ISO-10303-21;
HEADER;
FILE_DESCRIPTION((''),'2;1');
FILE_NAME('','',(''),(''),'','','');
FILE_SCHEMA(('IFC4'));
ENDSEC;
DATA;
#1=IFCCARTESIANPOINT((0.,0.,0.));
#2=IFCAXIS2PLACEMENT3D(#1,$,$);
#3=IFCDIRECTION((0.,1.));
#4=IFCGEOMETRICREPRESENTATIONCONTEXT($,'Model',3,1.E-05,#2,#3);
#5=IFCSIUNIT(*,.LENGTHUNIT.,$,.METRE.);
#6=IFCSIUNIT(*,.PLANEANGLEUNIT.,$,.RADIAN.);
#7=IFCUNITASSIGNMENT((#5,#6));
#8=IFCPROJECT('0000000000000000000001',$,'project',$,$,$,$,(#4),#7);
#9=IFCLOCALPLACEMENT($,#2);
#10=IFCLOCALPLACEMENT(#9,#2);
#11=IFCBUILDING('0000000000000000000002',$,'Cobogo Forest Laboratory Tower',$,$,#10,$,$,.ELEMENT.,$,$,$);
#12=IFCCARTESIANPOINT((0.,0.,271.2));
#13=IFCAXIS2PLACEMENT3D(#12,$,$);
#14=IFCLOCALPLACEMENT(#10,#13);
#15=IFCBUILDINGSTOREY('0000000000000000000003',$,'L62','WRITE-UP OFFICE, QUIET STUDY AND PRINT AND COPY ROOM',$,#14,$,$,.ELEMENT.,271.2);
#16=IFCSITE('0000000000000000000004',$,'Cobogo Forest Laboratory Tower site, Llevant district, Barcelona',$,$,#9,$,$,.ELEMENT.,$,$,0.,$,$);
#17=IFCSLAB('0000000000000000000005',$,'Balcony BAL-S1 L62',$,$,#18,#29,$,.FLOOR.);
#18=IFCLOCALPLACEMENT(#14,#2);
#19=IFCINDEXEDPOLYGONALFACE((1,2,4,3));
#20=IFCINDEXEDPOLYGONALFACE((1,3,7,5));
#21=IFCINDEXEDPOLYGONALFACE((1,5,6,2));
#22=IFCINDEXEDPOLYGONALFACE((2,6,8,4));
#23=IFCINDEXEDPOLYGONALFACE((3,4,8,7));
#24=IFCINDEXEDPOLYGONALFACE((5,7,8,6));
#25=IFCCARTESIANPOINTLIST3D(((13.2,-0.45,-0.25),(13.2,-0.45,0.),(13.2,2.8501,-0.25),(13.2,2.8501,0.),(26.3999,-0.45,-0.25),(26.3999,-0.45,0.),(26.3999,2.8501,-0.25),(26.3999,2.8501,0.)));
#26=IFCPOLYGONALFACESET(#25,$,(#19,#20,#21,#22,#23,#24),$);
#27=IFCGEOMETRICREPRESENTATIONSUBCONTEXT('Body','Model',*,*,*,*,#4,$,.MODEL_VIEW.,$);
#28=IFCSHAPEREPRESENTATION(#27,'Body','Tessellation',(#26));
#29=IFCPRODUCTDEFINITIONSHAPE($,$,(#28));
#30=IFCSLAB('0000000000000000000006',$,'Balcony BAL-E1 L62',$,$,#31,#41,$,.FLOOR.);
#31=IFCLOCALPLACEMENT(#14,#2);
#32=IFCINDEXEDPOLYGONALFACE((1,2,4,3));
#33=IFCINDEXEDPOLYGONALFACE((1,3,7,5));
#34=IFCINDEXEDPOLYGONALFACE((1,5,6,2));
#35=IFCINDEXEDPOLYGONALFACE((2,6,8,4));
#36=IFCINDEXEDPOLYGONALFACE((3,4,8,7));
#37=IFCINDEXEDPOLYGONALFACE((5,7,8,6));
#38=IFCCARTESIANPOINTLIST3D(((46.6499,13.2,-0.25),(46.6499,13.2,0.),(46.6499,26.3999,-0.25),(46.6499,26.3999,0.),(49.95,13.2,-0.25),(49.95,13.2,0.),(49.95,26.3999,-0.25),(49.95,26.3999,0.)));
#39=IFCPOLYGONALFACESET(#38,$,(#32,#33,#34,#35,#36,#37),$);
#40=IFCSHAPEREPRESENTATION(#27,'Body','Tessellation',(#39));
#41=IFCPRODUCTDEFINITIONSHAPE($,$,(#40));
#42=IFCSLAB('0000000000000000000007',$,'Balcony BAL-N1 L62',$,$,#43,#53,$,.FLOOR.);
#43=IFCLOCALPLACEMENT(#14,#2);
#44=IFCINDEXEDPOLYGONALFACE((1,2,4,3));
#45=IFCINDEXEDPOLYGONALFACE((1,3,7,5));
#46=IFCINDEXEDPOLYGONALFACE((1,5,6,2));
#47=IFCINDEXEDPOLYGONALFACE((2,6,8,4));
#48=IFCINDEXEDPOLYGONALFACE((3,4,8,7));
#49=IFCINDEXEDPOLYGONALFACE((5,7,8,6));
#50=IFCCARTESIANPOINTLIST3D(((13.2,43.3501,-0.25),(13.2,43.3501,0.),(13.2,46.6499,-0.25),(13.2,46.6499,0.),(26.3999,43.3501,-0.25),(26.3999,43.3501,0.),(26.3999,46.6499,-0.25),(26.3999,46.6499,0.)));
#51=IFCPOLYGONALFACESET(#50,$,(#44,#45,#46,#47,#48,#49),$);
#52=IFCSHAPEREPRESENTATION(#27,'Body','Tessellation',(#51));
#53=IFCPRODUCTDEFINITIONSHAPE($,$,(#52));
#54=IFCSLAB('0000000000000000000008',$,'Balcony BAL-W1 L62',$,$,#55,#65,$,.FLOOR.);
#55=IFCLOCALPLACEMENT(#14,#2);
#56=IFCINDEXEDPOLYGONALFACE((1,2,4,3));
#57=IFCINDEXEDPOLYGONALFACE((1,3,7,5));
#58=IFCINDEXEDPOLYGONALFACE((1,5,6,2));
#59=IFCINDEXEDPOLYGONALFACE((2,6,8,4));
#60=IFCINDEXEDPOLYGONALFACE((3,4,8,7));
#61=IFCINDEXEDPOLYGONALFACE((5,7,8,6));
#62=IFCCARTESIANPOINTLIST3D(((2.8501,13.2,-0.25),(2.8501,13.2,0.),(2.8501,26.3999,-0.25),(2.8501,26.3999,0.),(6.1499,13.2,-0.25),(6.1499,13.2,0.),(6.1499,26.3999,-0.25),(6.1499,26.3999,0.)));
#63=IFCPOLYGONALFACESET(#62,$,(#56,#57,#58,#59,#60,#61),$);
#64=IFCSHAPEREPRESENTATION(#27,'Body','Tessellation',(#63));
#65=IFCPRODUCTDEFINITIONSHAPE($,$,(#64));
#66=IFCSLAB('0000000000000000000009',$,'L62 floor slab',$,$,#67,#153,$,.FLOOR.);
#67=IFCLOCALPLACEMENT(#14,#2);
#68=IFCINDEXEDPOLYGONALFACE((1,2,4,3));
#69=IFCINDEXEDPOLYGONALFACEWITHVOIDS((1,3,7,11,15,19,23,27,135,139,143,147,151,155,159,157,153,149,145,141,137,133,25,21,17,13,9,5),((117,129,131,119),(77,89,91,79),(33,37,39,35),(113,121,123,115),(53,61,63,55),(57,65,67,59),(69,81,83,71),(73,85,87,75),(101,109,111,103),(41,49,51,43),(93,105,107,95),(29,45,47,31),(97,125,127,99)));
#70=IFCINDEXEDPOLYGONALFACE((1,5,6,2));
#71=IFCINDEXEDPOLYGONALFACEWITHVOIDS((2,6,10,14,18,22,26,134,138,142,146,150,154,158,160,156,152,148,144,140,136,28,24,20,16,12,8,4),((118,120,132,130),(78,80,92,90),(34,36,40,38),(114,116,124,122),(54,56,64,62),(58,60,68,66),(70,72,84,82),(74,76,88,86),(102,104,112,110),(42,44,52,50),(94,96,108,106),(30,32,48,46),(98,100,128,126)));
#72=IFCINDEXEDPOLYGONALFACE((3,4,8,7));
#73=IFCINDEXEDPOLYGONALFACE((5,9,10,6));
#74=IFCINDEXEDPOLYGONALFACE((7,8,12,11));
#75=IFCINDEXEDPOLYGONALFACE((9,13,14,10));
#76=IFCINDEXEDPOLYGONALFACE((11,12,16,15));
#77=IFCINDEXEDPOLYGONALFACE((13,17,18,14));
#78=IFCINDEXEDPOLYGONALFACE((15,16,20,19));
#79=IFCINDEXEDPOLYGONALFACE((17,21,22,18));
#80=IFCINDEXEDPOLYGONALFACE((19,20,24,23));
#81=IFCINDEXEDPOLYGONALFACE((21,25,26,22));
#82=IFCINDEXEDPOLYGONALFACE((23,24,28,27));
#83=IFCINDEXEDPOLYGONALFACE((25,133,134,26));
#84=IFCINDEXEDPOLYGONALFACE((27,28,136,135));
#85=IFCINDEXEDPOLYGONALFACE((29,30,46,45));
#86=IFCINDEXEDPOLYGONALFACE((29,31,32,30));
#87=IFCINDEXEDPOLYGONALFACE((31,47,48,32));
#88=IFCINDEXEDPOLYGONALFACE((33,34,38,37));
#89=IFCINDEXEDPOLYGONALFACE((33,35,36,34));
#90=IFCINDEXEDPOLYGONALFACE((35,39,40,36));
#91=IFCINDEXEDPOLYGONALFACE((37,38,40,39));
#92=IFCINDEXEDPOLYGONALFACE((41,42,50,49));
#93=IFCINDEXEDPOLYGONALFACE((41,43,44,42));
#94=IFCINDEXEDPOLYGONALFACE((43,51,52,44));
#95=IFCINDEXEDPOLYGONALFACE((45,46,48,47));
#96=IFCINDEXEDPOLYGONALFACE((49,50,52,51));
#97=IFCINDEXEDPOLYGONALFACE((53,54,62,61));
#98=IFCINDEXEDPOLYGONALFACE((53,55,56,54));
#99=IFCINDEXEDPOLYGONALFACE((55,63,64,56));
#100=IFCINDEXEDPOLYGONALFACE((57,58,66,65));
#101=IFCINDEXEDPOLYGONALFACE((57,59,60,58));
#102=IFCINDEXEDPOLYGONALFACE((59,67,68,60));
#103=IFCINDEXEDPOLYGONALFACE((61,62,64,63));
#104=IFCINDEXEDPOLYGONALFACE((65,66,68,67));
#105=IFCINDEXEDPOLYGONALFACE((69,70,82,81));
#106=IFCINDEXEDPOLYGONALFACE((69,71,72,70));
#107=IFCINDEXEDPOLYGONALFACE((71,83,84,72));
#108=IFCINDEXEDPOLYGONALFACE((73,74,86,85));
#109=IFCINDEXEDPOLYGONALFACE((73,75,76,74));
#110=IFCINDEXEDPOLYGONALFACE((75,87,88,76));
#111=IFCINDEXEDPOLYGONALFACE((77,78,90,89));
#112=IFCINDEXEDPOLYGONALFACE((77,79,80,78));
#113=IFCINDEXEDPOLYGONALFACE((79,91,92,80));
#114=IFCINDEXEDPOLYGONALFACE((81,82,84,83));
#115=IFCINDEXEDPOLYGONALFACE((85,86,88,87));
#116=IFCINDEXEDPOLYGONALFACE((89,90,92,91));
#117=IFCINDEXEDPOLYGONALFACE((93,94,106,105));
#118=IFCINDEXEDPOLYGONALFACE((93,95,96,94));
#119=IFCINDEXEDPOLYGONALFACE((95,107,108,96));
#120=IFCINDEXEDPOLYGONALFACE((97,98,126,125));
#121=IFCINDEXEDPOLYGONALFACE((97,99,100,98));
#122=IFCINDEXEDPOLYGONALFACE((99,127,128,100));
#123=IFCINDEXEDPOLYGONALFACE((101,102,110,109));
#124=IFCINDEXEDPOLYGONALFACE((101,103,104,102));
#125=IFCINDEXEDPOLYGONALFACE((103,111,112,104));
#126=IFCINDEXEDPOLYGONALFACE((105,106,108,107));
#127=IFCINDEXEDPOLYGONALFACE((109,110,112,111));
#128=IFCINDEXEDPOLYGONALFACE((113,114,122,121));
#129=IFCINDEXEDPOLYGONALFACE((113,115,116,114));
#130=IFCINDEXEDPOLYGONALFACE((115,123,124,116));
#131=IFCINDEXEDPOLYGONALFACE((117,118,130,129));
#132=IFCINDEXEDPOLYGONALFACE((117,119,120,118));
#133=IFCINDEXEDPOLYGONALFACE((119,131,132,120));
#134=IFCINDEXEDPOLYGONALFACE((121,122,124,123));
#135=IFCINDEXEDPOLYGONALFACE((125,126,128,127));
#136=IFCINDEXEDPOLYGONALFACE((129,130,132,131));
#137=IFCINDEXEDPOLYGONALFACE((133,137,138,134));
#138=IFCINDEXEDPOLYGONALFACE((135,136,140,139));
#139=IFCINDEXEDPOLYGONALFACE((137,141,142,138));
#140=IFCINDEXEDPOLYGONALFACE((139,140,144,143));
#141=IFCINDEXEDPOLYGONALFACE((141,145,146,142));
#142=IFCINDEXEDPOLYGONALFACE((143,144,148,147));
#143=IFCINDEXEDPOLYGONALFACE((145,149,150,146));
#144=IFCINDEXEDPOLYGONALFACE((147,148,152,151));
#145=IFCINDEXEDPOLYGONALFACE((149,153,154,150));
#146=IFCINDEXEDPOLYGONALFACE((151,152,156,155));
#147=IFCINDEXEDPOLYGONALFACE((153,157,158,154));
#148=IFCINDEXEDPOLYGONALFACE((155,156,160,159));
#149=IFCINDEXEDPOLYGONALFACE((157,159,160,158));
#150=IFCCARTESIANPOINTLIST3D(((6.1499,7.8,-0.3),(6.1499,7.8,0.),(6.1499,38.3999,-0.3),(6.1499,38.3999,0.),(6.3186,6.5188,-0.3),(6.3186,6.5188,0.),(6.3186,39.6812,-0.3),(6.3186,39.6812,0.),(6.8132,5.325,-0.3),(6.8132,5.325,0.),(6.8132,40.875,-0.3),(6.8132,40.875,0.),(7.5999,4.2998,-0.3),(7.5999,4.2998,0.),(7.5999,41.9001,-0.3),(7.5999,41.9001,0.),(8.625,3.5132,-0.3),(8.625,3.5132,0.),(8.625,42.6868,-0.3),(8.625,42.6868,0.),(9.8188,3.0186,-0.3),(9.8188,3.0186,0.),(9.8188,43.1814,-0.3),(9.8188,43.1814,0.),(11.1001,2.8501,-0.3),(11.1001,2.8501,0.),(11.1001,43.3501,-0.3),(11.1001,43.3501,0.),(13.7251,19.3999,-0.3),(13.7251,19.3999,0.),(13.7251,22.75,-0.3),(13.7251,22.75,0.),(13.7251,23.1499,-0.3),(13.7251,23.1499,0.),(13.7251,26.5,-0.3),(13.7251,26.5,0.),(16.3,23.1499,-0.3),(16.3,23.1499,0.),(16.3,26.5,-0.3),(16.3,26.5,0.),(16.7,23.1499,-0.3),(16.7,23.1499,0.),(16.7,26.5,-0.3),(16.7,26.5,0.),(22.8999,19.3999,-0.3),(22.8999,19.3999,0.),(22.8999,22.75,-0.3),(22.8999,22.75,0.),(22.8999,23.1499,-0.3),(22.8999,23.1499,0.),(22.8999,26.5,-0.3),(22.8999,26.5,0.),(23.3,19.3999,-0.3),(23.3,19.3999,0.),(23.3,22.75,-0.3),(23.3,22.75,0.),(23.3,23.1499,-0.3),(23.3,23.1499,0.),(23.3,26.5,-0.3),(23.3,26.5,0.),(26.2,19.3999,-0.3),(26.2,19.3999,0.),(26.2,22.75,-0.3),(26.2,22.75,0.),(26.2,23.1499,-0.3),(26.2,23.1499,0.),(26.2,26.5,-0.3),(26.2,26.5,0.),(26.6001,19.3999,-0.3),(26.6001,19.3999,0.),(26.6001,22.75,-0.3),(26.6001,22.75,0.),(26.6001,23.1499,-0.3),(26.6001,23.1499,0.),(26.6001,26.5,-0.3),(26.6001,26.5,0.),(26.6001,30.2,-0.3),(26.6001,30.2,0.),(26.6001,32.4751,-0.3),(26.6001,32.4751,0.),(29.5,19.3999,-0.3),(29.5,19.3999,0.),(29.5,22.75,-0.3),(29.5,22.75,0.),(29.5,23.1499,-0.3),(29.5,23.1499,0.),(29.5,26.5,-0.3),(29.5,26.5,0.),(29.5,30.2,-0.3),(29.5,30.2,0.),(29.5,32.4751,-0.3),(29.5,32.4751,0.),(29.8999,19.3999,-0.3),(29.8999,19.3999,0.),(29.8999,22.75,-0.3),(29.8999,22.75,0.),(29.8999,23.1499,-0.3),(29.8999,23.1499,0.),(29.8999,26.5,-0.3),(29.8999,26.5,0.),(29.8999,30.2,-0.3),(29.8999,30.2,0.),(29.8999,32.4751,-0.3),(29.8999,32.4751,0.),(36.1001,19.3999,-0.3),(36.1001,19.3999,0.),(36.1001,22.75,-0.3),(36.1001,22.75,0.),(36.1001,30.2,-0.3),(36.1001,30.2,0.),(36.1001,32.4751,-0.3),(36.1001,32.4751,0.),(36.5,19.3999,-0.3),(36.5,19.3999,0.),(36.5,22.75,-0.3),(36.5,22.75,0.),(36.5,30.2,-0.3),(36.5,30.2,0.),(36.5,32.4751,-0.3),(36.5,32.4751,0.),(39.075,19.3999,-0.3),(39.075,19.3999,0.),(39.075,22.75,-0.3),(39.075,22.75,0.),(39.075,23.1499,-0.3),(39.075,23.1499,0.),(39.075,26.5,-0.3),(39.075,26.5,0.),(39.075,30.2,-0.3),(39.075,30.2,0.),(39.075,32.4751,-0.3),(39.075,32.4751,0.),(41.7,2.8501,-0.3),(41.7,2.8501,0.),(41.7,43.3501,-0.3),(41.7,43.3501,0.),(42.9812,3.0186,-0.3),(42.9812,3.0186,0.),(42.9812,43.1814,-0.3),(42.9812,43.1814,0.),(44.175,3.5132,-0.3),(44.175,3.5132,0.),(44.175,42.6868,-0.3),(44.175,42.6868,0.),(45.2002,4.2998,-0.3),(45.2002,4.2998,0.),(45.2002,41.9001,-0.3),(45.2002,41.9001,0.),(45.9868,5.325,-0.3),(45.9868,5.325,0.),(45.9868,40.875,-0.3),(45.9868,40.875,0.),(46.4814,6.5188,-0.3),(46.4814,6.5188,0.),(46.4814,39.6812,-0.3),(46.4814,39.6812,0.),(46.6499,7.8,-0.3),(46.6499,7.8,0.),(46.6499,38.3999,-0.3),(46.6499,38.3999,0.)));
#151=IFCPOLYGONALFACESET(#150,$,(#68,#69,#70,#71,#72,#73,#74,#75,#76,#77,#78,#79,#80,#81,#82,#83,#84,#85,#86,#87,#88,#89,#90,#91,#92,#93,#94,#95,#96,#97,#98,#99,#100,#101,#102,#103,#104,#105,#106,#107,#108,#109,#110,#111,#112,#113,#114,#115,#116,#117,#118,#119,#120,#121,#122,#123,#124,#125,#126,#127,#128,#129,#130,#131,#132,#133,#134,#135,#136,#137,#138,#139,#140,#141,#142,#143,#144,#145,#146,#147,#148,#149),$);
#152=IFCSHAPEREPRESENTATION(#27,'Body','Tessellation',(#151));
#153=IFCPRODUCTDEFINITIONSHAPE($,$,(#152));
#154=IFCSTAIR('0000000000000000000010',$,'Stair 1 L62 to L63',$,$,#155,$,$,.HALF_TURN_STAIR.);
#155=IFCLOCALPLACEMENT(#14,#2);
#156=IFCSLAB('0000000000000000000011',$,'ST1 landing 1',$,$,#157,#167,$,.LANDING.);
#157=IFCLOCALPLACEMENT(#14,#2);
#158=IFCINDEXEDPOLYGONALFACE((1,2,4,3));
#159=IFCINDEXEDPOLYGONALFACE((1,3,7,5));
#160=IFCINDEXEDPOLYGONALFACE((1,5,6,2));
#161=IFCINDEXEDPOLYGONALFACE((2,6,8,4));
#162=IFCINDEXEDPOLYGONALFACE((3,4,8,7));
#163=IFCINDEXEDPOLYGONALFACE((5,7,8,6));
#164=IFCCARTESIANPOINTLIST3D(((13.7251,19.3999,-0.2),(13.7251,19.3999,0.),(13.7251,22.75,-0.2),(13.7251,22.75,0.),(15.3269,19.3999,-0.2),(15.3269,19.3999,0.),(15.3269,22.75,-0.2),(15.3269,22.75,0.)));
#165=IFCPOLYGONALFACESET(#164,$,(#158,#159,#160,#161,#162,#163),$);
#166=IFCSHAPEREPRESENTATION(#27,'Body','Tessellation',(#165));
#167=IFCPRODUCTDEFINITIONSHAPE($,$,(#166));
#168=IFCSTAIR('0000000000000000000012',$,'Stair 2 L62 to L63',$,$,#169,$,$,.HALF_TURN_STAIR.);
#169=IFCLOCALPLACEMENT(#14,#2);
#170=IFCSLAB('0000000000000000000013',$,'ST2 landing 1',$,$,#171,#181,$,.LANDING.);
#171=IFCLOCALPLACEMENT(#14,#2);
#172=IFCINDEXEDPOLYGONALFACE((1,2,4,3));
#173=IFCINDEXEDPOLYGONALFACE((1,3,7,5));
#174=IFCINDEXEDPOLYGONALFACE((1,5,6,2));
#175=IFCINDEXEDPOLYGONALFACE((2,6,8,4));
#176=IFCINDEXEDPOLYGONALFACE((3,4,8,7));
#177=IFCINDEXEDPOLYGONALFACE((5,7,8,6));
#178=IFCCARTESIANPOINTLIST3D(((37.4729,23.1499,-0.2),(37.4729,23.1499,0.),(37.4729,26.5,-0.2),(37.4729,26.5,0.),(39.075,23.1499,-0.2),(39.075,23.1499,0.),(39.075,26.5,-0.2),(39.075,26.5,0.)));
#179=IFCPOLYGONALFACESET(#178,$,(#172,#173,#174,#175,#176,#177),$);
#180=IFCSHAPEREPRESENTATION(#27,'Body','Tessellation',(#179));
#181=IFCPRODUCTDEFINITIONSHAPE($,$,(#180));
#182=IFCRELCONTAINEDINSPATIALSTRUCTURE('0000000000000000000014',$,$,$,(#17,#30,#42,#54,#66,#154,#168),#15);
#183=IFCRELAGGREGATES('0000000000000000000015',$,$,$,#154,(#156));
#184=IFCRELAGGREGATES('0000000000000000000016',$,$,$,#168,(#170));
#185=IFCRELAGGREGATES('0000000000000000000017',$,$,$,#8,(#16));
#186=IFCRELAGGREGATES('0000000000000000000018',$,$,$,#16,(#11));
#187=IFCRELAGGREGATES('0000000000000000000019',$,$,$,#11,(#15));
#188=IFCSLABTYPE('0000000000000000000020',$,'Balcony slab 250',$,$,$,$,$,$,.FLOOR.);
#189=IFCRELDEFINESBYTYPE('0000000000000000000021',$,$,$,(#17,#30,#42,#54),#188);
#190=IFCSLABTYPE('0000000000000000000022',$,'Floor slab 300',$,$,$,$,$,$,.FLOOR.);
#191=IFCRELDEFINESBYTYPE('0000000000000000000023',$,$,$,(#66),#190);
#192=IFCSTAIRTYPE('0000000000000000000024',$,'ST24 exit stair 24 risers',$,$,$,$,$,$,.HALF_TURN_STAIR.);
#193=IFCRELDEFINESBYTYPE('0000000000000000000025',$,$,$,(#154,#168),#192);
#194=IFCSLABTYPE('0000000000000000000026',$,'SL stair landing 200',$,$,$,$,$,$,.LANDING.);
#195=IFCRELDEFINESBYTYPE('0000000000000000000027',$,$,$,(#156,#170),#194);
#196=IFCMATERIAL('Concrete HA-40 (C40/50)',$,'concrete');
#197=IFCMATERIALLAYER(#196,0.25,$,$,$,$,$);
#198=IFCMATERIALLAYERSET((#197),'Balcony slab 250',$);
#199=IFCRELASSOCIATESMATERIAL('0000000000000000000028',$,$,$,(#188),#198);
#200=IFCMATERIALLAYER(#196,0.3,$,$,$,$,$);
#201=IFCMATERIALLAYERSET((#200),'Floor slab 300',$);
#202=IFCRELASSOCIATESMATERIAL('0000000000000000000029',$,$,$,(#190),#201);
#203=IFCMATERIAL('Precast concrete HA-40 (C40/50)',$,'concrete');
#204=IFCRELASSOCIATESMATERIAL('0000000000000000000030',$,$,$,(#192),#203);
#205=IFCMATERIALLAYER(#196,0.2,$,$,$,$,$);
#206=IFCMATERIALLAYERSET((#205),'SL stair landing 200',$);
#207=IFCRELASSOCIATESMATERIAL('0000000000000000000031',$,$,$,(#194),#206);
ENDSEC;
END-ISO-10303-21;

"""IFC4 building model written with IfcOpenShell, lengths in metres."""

from ifc_helpers import new_model, si_unit, direction, frame, origin, place, context, subcontext, project, spatial, polyline, outline, extrude, material, layer, layer_set, type_object, element, aggregate, save


model = new_model("IFC4")

# Units and contexts
model_context = context("Model", 3, precision=1e-05, world=origin(), true_north=direction((0.0, 1.0)))
body_context = subcontext(model_context, "Body", "Model", "MODEL_VIEW")
ifc_project = project(units=[si_unit("LENGTHUNIT", "METRE"), si_unit("PLANEANGLEUNIT", "RADIAN")], contexts=[model_context])

# Site, building, storey
site_placement = place(None, origin())
site = spatial("IfcSite", under=ifc_project, at=site_placement, Name="Cobogo Forest Laboratory Tower site, Llevant district, Barcelona", CompositionType="ELEMENT", RefElevation=0.0)
building_placement = place(site_placement, origin())
building = spatial("IfcBuilding", under=site, at=building_placement, Name="Cobogo Forest Laboratory Tower", CompositionType="ELEMENT")
storey_placement = place(building_placement, frame((0.0, 0.0, 271.2)))
storey = spatial("IfcBuildingStorey", under=building, at=storey_placement, Name="L62", Description="WRITE-UP OFFICE, QUIET STUDY AND PRINT AND COPY ROOM", CompositionType="ELEMENT", Elevation=271.2)

# Slabs
ifc_material_1 = material(Name="Concrete HA-40 (C40/50)", Category="concrete")
ifc_layer_1 = layer(ifc_material_1, 0.25)
ifc_layer_set_1 = layer_set([ifc_layer_1], Name="Balcony slab 250")
slab_type_1 = type_object("IfcSlabType", Name="Balcony slab 250", PredefinedType="FLOOR", material=ifc_layer_set_1)
slab_1_placement = place(storey_placement, frame((0.0, 0.0, -0.25)))
element("IfcSlab", 1, at=slab_1_placement, inside=storey, type_object=slab_type_1, Name="Balcony BAL-S1 L62", PredefinedType="FLOOR", context=body_context, shape_type="SweptSolid", body=[
    extrude(outline(polyline([(13.2, -0.45), (26.3999, -0.45), (26.3999, 2.8501), (13.2, 2.8501), (13.2, -0.45)])), origin(), (0.0, 0.0, 1.0), 0.25),
])
slab_2_placement = place(storey_placement, frame((0.0, 0.0, -0.25)))
element("IfcSlab", 2, at=slab_2_placement, inside=storey, type_object=slab_type_1, Name="Balcony BAL-E1 L62", PredefinedType="FLOOR", context=body_context, shape_type="SweptSolid", body=[
    extrude(outline(polyline([(46.6499, 13.2), (49.95, 13.2), (49.95, 26.3999), (46.6499, 26.3999), (46.6499, 13.2)])), origin(), (0.0, 0.0, 1.0), 0.25),
])
slab_3_placement = place(storey_placement, frame((0.0, 0.0, -0.25)))
element("IfcSlab", 3, at=slab_3_placement, inside=storey, type_object=slab_type_1, Name="Balcony BAL-N1 L62", PredefinedType="FLOOR", context=body_context, shape_type="SweptSolid", body=[
    extrude(outline(polyline([(13.2, 43.3501), (26.3999, 43.3501), (26.3999, 46.6499), (13.2, 46.6499), (13.2, 43.3501)])), origin(), (0.0, 0.0, 1.0), 0.25),
])
slab_4_placement = place(storey_placement, frame((0.0, 0.0, -0.25)))
element("IfcSlab", 4, at=slab_4_placement, inside=storey, type_object=slab_type_1, Name="Balcony BAL-W1 L62", PredefinedType="FLOOR", context=body_context, shape_type="SweptSolid", body=[
    extrude(outline(polyline([(2.8501, 13.2), (6.1499, 13.2), (6.1499, 26.3999), (2.8501, 26.3999), (2.8501, 13.2)])), origin(), (0.0, 0.0, 1.0), 0.25),
])
ifc_layer_2 = layer(ifc_material_1, 0.3)
ifc_layer_set_2 = layer_set([ifc_layer_2], Name="Floor slab 300")
slab_type_2 = type_object("IfcSlabType", Name="Floor slab 300", PredefinedType="FLOOR", material=ifc_layer_set_2)
slab_5_placement = place(storey_placement, frame((0.0, 0.0, -0.3)))
element("IfcSlab", 5, at=slab_5_placement, inside=storey, type_object=slab_type_2, Name="L62 floor slab", PredefinedType="FLOOR", context=body_context, shape_type="SweptSolid", body=[
    extrude(outline(polyline([(41.7, 2.8501), (42.9812, 3.0186), (44.175, 3.5132), (45.2002, 4.2998), (45.9868, 5.325), (46.4814, 6.5188), (46.6499, 7.8), (46.6499, 38.3999), (46.4814, 39.6812), (45.9868, 40.875), (45.2002, 41.9001), (44.175, 42.6868), (42.9812, 43.1814), (41.7, 43.3501), (11.1001, 43.3501), (9.8188, 43.1814), (8.625, 42.6868), (7.5999, 41.9001), (6.8132, 40.875), (6.3186, 39.6812), (6.1499, 38.3999), (6.1499, 7.8), (6.3186, 6.5188), (6.8132, 5.325), (7.5999, 4.2998), (8.625, 3.5132), (9.8188, 3.0186), (11.1001, 2.8501), (41.7, 2.8501)]), holes=[polyline([(22.8999, 19.3999), (13.7251, 19.3999), (13.7251, 22.75), (22.8999, 22.75), (22.8999, 19.3999)]), polyline([(26.2, 19.3999), (23.3, 19.3999), (23.3, 22.75), (26.2, 22.75), (26.2, 19.3999)]), polyline([(29.5, 19.3999), (26.6001, 19.3999), (26.6001, 22.75), (29.5, 22.75), (29.5, 19.3999)]), polyline([(36.1001, 22.75), (36.1001, 19.3999), (29.8999, 19.3999), (29.8999, 22.75), (36.1001, 22.75)]), polyline([(39.075, 19.3999), (36.5, 19.3999), (36.5, 22.75), (39.075, 22.75), (39.075, 19.3999)]), polyline([(16.3, 23.1499), (13.7251, 23.1499), (13.7251, 26.5), (16.3, 26.5), (16.3, 23.1499)]), polyline([(22.8999, 26.5), (22.8999, 23.1499), (16.7, 23.1499), (16.7, 26.5), (22.8999, 26.5)]), polyline([(26.2, 23.1499), (23.3, 23.1499), (23.3, 26.5), (26.2, 26.5), (26.2, 23.1499)]), polyline([(29.5, 23.1499), (26.6001, 23.1499), (26.6001, 26.5), (29.5, 26.5), (29.5, 23.1499)]), polyline([(39.075, 23.1499), (29.8999, 23.1499), (29.8999, 26.5), (39.075, 26.5), (39.075, 23.1499)]), polyline([(29.5, 30.2), (26.6001, 30.2), (26.6001, 32.4751), (29.5, 32.4751), (29.5, 30.2)]), polyline([(36.1001, 32.4751), (36.1001, 30.2), (29.8999, 30.2), (29.8999, 32.4751), (36.1001, 32.4751)]), polyline([(39.075, 30.2), (36.5, 30.2), (36.5, 32.4751), (39.075, 32.4751), (39.075, 30.2)])]), origin(), (0.0, 0.0, 1.0), 0.3),
])

# Stairs, slabs
ifc_material_2 = material(Name="Precast concrete HA-40 (C40/50)", Category="concrete")
stair_type = type_object("IfcStairType", Name="ST24 exit stair 24 risers", PredefinedType="HALF_TURN_STAIR", material=ifc_material_2)
stair_1_placement = place(storey_placement, origin())
stair_1 = element("IfcStair", 6, at=stair_1_placement, inside=storey, type_object=stair_type, Name="Stair 1 L62 to L63", PredefinedType="HALF_TURN_STAIR")
ifc_layer_3 = layer(ifc_material_1, 0.2)
ifc_layer_set_3 = layer_set([ifc_layer_3], Name="SL stair landing 200")
slab_type_3 = type_object("IfcSlabType", Name="SL stair landing 200", PredefinedType="LANDING", material=ifc_layer_set_3)
slab_6_placement = place(storey_placement, frame((0.0, 0.0, -0.2)))
slab_6 = element("IfcSlab", 7, at=slab_6_placement, type_object=slab_type_3, Name="ST1 landing 1", PredefinedType="LANDING", context=body_context, shape_type="SweptSolid", body=[
    extrude(outline(polyline([(13.7251, 19.3999), (15.3269, 19.3999), (15.3269, 22.75), (13.7251, 22.75), (13.7251, 19.3999)])), origin(), (0.0, 0.0, 1.0), 0.2),
])
aggregate(stair_1, [slab_6])
stair_2_placement = place(storey_placement, origin())
stair_2 = element("IfcStair", 8, at=stair_2_placement, inside=storey, type_object=stair_type, Name="Stair 2 L62 to L63", PredefinedType="HALF_TURN_STAIR")
slab_7_placement = place(storey_placement, frame((0.0, 0.0, -0.2)))
slab_7 = element("IfcSlab", 9, at=slab_7_placement, type_object=slab_type_3, Name="ST2 landing 1", PredefinedType="LANDING", context=body_context, shape_type="SweptSolid", body=[
    extrude(outline(polyline([(37.4729, 23.1499), (39.075, 23.1499), (39.075, 26.5), (37.4729, 26.5), (37.4729, 23.1499)])), origin(), (0.0, 0.0, 1.0), 0.2),
])
aggregate(stair_2, [slab_7])

save(model, "model.ifc")
